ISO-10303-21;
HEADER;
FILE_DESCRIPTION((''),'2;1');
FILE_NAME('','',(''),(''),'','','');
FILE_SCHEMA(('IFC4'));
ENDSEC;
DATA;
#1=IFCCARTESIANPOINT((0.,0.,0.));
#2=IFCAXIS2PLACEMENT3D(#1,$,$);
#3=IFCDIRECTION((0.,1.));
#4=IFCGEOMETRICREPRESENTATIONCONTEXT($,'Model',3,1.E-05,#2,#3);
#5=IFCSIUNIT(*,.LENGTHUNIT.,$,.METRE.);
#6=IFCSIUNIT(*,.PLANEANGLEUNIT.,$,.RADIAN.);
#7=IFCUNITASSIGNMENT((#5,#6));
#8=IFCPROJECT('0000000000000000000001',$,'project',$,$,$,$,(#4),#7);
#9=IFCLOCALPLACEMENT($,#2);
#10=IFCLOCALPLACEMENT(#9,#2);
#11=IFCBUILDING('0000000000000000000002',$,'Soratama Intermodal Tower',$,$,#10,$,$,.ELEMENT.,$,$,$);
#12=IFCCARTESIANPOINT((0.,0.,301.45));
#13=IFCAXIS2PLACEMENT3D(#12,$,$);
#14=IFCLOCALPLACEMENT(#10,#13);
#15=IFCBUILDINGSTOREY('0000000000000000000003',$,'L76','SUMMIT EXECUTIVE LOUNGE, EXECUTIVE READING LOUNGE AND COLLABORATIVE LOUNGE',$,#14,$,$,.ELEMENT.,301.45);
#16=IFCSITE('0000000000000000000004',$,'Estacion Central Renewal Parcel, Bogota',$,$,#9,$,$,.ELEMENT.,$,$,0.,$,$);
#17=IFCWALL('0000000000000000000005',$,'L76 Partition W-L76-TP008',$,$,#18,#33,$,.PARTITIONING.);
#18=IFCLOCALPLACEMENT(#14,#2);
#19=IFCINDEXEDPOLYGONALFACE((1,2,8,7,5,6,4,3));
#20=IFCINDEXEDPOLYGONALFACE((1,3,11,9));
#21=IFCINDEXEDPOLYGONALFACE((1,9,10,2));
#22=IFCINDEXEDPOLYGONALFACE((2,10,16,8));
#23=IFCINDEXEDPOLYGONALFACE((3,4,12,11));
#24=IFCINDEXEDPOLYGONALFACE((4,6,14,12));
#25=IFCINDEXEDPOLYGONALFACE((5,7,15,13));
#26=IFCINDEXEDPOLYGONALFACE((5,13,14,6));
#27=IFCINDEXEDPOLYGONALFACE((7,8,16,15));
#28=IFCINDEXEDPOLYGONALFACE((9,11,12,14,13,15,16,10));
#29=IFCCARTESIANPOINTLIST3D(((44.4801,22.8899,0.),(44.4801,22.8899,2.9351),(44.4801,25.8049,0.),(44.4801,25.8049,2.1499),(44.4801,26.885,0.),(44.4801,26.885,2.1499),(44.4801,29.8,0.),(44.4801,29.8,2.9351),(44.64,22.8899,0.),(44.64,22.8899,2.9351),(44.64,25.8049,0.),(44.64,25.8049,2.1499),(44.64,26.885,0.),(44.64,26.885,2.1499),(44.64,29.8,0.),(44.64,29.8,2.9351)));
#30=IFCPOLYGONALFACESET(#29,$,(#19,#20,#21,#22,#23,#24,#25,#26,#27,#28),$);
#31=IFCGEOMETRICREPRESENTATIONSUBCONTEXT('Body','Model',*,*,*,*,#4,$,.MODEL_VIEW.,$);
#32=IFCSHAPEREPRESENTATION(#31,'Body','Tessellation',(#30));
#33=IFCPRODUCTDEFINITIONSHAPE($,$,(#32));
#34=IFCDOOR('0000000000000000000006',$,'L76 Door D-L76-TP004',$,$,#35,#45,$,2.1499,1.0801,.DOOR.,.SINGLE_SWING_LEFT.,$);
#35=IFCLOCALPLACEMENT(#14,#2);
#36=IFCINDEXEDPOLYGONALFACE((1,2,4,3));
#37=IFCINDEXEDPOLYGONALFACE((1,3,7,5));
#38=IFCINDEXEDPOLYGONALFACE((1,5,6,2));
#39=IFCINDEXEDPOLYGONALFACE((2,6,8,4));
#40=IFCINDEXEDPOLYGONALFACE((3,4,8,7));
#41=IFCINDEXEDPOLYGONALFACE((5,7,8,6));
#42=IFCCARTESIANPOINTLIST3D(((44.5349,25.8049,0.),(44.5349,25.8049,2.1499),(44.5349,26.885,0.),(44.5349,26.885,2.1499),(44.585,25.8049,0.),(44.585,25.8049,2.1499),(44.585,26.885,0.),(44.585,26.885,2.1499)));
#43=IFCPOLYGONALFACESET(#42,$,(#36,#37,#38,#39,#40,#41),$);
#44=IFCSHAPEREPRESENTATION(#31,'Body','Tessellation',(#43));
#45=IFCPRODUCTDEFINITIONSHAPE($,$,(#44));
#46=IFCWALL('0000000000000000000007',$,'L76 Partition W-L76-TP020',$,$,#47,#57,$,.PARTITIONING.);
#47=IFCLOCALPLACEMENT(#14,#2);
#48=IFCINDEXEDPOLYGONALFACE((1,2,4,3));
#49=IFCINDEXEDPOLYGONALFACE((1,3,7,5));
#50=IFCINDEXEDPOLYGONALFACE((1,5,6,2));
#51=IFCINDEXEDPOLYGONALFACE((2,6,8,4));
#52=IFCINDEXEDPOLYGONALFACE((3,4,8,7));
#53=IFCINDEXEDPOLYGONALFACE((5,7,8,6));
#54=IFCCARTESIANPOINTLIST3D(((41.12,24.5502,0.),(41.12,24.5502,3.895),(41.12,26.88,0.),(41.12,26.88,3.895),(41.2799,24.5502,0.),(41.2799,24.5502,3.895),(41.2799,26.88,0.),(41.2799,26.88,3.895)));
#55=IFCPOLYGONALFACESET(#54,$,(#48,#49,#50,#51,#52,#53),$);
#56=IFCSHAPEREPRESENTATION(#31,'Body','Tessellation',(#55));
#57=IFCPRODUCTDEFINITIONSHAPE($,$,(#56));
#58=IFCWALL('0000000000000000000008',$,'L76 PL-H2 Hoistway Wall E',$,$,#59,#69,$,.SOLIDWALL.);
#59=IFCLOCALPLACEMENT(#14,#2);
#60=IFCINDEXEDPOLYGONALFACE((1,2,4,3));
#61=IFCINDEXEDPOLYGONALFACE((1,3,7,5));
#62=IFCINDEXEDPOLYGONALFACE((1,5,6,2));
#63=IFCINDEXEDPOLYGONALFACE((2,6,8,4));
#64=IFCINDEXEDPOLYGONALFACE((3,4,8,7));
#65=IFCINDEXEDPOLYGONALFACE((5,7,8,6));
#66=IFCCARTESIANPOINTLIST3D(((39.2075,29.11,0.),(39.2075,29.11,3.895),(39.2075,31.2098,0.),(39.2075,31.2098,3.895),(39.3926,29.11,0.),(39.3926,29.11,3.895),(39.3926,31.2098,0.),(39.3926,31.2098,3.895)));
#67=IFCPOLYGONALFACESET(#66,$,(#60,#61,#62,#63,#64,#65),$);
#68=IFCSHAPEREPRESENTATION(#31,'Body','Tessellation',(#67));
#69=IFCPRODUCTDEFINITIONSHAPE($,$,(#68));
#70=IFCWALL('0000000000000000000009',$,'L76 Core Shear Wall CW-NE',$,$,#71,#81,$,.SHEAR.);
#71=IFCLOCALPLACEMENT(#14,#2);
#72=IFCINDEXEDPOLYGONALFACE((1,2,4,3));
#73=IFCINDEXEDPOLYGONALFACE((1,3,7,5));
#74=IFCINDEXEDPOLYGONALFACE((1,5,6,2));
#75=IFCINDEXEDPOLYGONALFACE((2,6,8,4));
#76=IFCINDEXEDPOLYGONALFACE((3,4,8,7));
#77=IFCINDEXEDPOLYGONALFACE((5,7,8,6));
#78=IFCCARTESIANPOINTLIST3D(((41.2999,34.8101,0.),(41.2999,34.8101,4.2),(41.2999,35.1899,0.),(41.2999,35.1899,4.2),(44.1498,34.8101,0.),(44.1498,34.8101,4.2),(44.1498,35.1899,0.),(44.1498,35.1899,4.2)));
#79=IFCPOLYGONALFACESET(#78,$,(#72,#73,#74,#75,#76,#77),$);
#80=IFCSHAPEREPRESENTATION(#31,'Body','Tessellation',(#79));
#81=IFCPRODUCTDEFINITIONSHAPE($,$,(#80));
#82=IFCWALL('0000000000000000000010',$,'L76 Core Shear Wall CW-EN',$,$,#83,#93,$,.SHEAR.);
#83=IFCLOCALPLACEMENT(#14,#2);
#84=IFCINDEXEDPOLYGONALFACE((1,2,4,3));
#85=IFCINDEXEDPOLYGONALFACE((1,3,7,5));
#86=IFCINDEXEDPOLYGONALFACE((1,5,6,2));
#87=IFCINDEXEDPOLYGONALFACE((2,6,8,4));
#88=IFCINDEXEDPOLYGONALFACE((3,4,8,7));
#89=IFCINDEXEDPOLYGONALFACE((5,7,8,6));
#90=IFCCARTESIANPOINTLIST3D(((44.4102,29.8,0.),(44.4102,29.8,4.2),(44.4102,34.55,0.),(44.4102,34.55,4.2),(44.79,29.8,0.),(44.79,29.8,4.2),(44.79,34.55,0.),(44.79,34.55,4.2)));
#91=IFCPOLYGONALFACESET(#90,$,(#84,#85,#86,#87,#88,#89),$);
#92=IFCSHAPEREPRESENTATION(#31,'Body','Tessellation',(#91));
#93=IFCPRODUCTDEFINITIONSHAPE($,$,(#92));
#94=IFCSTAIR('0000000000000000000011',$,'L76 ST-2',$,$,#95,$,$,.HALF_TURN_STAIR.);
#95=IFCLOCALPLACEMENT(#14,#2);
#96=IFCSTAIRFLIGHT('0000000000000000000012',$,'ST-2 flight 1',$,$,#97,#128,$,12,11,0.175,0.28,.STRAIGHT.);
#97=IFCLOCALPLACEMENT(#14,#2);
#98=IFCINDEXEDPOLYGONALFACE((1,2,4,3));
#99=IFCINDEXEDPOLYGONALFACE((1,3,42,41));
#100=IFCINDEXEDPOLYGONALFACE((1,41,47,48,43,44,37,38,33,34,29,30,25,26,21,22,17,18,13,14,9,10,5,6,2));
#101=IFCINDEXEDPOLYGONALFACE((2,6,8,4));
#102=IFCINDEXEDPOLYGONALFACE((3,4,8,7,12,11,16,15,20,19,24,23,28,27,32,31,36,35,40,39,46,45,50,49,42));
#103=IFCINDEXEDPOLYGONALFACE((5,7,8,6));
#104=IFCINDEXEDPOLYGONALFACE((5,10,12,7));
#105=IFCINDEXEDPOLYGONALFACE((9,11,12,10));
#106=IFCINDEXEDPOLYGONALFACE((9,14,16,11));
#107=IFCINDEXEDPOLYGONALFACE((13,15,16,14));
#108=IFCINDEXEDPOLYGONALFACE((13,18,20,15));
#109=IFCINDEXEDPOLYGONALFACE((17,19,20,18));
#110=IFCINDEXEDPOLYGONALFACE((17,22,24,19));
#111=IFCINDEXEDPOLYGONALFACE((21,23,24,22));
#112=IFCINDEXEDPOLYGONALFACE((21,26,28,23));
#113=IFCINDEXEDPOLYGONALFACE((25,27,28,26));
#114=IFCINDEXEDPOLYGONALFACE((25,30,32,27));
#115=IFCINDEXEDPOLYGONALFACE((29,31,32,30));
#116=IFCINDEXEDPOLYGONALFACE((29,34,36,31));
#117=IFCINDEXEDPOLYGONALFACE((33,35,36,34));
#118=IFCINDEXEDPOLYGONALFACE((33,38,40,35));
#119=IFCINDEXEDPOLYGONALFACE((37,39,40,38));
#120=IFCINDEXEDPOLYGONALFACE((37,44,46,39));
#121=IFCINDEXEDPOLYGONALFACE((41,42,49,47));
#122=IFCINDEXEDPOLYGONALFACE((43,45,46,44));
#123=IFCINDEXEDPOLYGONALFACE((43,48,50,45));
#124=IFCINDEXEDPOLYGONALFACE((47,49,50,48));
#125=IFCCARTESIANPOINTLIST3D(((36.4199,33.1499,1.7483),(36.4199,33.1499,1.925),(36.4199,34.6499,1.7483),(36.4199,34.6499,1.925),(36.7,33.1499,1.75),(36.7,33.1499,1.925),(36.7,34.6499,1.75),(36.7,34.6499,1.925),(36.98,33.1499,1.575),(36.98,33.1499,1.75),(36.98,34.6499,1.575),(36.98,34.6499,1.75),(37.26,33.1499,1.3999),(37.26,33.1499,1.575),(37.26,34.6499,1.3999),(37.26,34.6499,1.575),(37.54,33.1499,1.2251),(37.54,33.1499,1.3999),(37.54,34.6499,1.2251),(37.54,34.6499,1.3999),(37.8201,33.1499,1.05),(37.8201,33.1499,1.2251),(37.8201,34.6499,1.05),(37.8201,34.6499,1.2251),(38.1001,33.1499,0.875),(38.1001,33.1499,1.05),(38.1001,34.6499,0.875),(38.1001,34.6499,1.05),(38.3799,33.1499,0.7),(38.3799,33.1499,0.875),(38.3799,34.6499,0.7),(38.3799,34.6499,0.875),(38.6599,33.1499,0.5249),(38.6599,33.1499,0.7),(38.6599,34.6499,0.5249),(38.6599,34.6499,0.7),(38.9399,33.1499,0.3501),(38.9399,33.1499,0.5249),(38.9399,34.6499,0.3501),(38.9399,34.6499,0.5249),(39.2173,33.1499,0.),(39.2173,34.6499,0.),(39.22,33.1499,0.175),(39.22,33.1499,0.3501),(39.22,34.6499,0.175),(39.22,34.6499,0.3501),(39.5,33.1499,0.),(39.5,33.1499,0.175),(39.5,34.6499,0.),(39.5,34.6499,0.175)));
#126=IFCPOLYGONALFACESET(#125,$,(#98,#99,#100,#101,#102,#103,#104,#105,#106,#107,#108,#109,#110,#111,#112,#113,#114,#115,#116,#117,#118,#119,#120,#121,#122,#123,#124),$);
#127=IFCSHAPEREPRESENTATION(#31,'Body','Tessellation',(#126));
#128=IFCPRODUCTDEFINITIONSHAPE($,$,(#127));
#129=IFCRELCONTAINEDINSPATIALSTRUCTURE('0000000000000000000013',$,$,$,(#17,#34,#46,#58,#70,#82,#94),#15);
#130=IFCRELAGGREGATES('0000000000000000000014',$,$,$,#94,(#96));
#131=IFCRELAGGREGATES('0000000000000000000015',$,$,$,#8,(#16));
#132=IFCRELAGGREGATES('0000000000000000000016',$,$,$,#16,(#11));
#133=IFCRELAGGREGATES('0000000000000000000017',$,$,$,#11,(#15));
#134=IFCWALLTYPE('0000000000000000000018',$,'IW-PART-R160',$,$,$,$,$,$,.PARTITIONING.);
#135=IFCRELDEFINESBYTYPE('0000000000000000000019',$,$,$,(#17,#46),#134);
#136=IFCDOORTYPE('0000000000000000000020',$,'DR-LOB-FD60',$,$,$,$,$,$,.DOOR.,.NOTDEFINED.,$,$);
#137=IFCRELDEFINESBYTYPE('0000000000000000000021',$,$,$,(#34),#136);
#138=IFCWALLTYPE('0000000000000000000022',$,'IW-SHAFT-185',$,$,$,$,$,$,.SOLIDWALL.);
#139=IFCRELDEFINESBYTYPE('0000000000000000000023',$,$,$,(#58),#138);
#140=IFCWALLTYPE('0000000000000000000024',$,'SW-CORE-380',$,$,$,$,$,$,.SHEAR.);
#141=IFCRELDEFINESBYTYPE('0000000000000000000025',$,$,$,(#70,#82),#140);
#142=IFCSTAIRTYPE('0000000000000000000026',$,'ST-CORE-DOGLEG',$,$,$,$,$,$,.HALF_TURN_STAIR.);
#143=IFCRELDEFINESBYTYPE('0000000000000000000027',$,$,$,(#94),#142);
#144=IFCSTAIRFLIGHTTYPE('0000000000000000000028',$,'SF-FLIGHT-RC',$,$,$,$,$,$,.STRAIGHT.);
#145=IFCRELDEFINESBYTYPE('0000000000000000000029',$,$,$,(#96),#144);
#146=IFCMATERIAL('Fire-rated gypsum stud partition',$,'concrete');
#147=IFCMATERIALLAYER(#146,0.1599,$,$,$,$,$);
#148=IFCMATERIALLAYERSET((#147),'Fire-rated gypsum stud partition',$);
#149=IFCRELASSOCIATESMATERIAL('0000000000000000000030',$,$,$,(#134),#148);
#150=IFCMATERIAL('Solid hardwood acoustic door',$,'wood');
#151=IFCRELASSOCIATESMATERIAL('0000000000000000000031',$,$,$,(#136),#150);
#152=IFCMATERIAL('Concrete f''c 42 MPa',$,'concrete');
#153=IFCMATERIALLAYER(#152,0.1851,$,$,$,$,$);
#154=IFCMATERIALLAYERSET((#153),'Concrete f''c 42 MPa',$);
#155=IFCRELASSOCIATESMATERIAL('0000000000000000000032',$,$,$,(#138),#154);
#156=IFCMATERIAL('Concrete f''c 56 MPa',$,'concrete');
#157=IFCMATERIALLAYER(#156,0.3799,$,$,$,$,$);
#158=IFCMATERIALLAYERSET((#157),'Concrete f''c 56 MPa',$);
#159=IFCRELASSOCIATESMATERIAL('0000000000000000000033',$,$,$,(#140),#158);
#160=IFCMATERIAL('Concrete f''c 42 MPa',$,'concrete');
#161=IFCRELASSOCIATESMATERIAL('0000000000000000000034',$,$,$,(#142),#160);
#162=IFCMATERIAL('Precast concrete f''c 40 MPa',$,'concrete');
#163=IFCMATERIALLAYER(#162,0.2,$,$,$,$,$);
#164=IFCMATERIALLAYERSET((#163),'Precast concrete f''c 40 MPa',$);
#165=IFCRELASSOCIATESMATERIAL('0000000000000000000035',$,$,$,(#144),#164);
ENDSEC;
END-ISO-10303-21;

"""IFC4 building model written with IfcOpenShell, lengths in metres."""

from ifc_helpers import new_model, si_unit, direction, frame, frame_2d, origin, place, context, subcontext, project, spatial, polyline, rectangle, outline, extrude, material, layer, layer_set, type_object, element, fill, aggregate, save


model = new_model("IFC4")

# Units and contexts
model_context = context("Model", 3, precision=1e-05, world=origin(), true_north=direction((0.0, 1.0)))
body_context = subcontext(model_context, "Body", "Model", "MODEL_VIEW")
ifc_project = project(units=[si_unit("LENGTHUNIT", "METRE"), si_unit("PLANEANGLEUNIT", "RADIAN")], contexts=[model_context])

# Site, building, storey
site_placement = place(None, origin())
site = spatial("IfcSite", under=ifc_project, at=site_placement, Name="Estacion Central Renewal Parcel, Bogota", CompositionType="ELEMENT", RefElevation=0.0)
building_placement = place(site_placement, origin())
building = spatial("IfcBuilding", under=site, at=building_placement, Name="Soratama Intermodal Tower", CompositionType="ELEMENT")
storey_placement = place(building_placement, frame((0.0, 0.0, 301.45)))
storey = spatial("IfcBuildingStorey", under=building, at=storey_placement, Name="L76", Description="SUMMIT EXECUTIVE LOUNGE, EXECUTIVE READING LOUNGE AND COLLABORATIVE LOUNGE", CompositionType="ELEMENT", Elevation=301.45)

# Wall, opening, door
ifc_material_1 = material(Name="Fire-rated gypsum stud partition", Category="concrete")
ifc_layer_1 = layer(ifc_material_1, 0.1599)
ifc_layer_set_1 = layer_set([ifc_layer_1], Name="Fire-rated gypsum stud partition")
wall_type_1 = type_object("IfcWallType", Name="IW-PART-R160", PredefinedType="PARTITIONING", material=ifc_layer_set_1)
wall_1_placement = place(storey_placement, frame((44.5601, 29.8, 0.0), z_axis=(0.0, 0.0, 1.0), x_axis=(0.0, -1.0, 0.0)))
wall_1 = element("IfcWall", 1, at=wall_1_placement, inside=storey, type_object=wall_type_1, Name="L76 Partition W-L76-TP008", PredefinedType="PARTITIONING", context=body_context, shape_type="SweptSolid", body=[
    extrude(rectangle(XDim=6.9102, YDim=0.1599, at=frame_2d((3.4551, 0.0))), origin(), (0.0, 0.0, 1.0), 2.9351),
])
opening_1_placement = place(wall_1_placement, frame((2.915, 0.0, 0.0)))
opening_1 = element("IfcOpeningElement", 2, at=opening_1_placement, cuts=wall_1, PredefinedType="OPENING", context=body_context, shape_type="SweptSolid", body=[
    extrude(rectangle(XDim=1.0801, YDim=2.1499, at=frame_2d((0.54, 1.075))), frame((0.0, 0.0898, 0.0), z_axis=(0.0, -1.0, 0.0), x_axis=(1.0, 0.0, 0.0)), (0.0, 0.0, 1.0), 0.1799),
])
ifc_material_2 = material(Name="Solid hardwood acoustic door", Category="wood")
door_type_1 = type_object("IfcDoorType", Name="DR-LOB-FD60", OperationType="NOTDEFINED", PredefinedType="DOOR", material=ifc_material_2)
door_1_placement = place(opening_1_placement, origin())
door_1 = element("IfcDoor", 3, at=door_1_placement, inside=storey, type_object=door_type_1, Name="L76 Door D-L76-TP004", OperationType="SINGLE_SWING_LEFT", OverallHeight=2.1499, OverallWidth=1.0801, PredefinedType="DOOR", context=body_context, shape_type="SweptSolid", body=[
    extrude(rectangle(XDim=1.0801, YDim=2.1499, at=frame_2d((0.54, 1.075))), frame((0.0, 0.0249, 0.0), z_axis=(0.0, -1.0, 0.0), x_axis=(1.0, 0.0, 0.0)), (0.0, 0.0, 1.0), 0.05),
])
fill(opening_1, door_1)

# Walls
wall_2_placement = place(storey_placement, frame((41.2, 24.55, 0.0), z_axis=(0.0, 0.0, 1.0), x_axis=(0.0, 1.0, 0.0)))
element("IfcWall", 4, at=wall_2_placement, inside=storey, type_object=wall_type_1, Name="L76 Partition W-L76-TP020", PredefinedType="PARTITIONING", context=body_context, shape_type="SweptSolid", body=[
    extrude(rectangle(XDim=2.3298, YDim=0.1599, at=frame_2d((1.165, 0.0))), origin(), (0.0, 0.0, 1.0), 3.895),
])
ifc_material_3 = material(Name="Concrete f'c 42 MPa", Category="concrete")
ifc_layer_2 = layer(ifc_material_3, 0.1851)
ifc_layer_set_2 = layer_set([ifc_layer_2], Name="Concrete f'c 42 MPa")
wall_type_2 = type_object("IfcWallType", Name="IW-SHAFT-185", PredefinedType="SOLIDWALL", material=ifc_layer_set_2)
wall_3_placement = place(storey_placement, frame((39.3, 29.1101, 0.0), z_axis=(0.0, 0.0, 1.0), x_axis=(0.0, 1.0, 0.0)))
element("IfcWall", 5, at=wall_3_placement, inside=storey, type_object=wall_type_2, Name="L76 PL-H2 Hoistway Wall E", PredefinedType="SOLIDWALL", context=body_context, shape_type="SweptSolid", body=[
    extrude(rectangle(XDim=2.0999, YDim=0.1851, at=frame_2d((1.0498, 0.0))), origin(), (0.0, 0.0, 1.0), 3.895),
])
ifc_material_4 = material(Name="Concrete f'c 56 MPa", Category="concrete")
ifc_layer_3 = layer(ifc_material_4, 0.3799)
ifc_layer_set_3 = layer_set([ifc_layer_3], Name="Concrete f'c 56 MPa")
wall_type_3 = type_object("IfcWallType", Name="SW-CORE-380", PredefinedType="SHEAR", material=ifc_layer_set_3)
wall_4_placement = place(storey_placement, frame((41.3, 35.0, 0.0), z_axis=(0.0, 0.0, 1.0), x_axis=(1.0, 0.0, 0.0)))
element("IfcWall", 6, at=wall_4_placement, inside=storey, type_object=wall_type_3, Name="L76 Core Shear Wall CW-NE", PredefinedType="SHEAR", context=body_context, shape_type="SweptSolid", body=[
    extrude(rectangle(XDim=2.8499, YDim=0.3799, at=frame_2d((1.4248, 0.0))), origin(), (0.0, 0.0, 1.0), 4.2),
])
wall_5_placement = place(storey_placement, frame((44.6001, 29.8, 0.0), z_axis=(0.0, 0.0, 1.0), x_axis=(0.0, 1.0, 0.0)))
element("IfcWall", 7, at=wall_5_placement, inside=storey, type_object=wall_type_3, Name="L76 Core Shear Wall CW-EN", PredefinedType="SHEAR", context=body_context, shape_type="SweptSolid", body=[
    extrude(rectangle(XDim=4.75, YDim=0.3799, at=frame_2d((2.375, 0.0))), origin(), (0.0, 0.0, 1.0), 4.2),
])

# Stair, stair flight
ifc_material_5 = material(Name="Concrete f'c 42 MPa", Category="concrete")
stair_type = type_object("IfcStairType", Name="ST-CORE-DOGLEG", PredefinedType="HALF_TURN_STAIR", material=ifc_material_5)
stair_placement = place(storey_placement, origin())
stair = element("IfcStair", 8, at=stair_placement, inside=storey, type_object=stair_type, Name="L76 ST-2", PredefinedType="HALF_TURN_STAIR")
ifc_material_6 = material(Name="Precast concrete f'c 40 MPa", Category="concrete")
ifc_layer_4 = layer(ifc_material_6, 0.2)
ifc_layer_set_4 = layer_set([ifc_layer_4], Name="Precast concrete f'c 40 MPa")
stair_flight_type = type_object("IfcStairFlightType", Name="SF-FLIGHT-RC", PredefinedType="STRAIGHT", material=ifc_layer_set_4)
stair_flight_placement = place(storey_placement, frame((39.5, 33.8999, 0.0), z_axis=(0.0, 0.0, 1.0), x_axis=(-1.0, 0.0, 0.0)))
stair_flight = element("IfcStairFlight", 9, at=stair_flight_placement, type_object=stair_flight_type, Name="ST-2 flight 1", NumberOfRisers=12, NumberOfTreads=11, PredefinedType="STRAIGHT", RiserHeight=0.175, TreadLength=0.28, context=body_context, shape_type="SweptSolid", body=[
    extrude(outline(polyline([(0.0, 0.0), (0.0, 0.175), (0.28, 0.175), (0.28, 0.3501), (0.5601, 0.3501), (0.5601, 0.5249), (0.8401, 0.5249), (0.8401, 0.7), (1.1201, 0.7), (1.1201, 0.875), (1.3999, 0.875), (1.3999, 1.05), (1.6799, 1.05), (1.6799, 1.2251), (1.96, 1.2251), (1.96, 1.3999), (2.24, 1.3999), (2.24, 1.575), (2.52, 1.575), (2.52, 1.75), (2.8, 1.75), (2.8, 1.925), (3.0801, 1.925), (3.0801, 2.1001), (3.0801, 1.7483), (0.2827, 0.0), (0.0, 0.0)])), frame((0.0, 0.75, 0.0), z_axis=(0.0, -1.0, 0.0), x_axis=(1.0, 0.0, 0.0)), (0.0, 0.0, 1.0), 1.5),
])
aggregate(stair, [stair_flight])

save(model, "model.ifc")
